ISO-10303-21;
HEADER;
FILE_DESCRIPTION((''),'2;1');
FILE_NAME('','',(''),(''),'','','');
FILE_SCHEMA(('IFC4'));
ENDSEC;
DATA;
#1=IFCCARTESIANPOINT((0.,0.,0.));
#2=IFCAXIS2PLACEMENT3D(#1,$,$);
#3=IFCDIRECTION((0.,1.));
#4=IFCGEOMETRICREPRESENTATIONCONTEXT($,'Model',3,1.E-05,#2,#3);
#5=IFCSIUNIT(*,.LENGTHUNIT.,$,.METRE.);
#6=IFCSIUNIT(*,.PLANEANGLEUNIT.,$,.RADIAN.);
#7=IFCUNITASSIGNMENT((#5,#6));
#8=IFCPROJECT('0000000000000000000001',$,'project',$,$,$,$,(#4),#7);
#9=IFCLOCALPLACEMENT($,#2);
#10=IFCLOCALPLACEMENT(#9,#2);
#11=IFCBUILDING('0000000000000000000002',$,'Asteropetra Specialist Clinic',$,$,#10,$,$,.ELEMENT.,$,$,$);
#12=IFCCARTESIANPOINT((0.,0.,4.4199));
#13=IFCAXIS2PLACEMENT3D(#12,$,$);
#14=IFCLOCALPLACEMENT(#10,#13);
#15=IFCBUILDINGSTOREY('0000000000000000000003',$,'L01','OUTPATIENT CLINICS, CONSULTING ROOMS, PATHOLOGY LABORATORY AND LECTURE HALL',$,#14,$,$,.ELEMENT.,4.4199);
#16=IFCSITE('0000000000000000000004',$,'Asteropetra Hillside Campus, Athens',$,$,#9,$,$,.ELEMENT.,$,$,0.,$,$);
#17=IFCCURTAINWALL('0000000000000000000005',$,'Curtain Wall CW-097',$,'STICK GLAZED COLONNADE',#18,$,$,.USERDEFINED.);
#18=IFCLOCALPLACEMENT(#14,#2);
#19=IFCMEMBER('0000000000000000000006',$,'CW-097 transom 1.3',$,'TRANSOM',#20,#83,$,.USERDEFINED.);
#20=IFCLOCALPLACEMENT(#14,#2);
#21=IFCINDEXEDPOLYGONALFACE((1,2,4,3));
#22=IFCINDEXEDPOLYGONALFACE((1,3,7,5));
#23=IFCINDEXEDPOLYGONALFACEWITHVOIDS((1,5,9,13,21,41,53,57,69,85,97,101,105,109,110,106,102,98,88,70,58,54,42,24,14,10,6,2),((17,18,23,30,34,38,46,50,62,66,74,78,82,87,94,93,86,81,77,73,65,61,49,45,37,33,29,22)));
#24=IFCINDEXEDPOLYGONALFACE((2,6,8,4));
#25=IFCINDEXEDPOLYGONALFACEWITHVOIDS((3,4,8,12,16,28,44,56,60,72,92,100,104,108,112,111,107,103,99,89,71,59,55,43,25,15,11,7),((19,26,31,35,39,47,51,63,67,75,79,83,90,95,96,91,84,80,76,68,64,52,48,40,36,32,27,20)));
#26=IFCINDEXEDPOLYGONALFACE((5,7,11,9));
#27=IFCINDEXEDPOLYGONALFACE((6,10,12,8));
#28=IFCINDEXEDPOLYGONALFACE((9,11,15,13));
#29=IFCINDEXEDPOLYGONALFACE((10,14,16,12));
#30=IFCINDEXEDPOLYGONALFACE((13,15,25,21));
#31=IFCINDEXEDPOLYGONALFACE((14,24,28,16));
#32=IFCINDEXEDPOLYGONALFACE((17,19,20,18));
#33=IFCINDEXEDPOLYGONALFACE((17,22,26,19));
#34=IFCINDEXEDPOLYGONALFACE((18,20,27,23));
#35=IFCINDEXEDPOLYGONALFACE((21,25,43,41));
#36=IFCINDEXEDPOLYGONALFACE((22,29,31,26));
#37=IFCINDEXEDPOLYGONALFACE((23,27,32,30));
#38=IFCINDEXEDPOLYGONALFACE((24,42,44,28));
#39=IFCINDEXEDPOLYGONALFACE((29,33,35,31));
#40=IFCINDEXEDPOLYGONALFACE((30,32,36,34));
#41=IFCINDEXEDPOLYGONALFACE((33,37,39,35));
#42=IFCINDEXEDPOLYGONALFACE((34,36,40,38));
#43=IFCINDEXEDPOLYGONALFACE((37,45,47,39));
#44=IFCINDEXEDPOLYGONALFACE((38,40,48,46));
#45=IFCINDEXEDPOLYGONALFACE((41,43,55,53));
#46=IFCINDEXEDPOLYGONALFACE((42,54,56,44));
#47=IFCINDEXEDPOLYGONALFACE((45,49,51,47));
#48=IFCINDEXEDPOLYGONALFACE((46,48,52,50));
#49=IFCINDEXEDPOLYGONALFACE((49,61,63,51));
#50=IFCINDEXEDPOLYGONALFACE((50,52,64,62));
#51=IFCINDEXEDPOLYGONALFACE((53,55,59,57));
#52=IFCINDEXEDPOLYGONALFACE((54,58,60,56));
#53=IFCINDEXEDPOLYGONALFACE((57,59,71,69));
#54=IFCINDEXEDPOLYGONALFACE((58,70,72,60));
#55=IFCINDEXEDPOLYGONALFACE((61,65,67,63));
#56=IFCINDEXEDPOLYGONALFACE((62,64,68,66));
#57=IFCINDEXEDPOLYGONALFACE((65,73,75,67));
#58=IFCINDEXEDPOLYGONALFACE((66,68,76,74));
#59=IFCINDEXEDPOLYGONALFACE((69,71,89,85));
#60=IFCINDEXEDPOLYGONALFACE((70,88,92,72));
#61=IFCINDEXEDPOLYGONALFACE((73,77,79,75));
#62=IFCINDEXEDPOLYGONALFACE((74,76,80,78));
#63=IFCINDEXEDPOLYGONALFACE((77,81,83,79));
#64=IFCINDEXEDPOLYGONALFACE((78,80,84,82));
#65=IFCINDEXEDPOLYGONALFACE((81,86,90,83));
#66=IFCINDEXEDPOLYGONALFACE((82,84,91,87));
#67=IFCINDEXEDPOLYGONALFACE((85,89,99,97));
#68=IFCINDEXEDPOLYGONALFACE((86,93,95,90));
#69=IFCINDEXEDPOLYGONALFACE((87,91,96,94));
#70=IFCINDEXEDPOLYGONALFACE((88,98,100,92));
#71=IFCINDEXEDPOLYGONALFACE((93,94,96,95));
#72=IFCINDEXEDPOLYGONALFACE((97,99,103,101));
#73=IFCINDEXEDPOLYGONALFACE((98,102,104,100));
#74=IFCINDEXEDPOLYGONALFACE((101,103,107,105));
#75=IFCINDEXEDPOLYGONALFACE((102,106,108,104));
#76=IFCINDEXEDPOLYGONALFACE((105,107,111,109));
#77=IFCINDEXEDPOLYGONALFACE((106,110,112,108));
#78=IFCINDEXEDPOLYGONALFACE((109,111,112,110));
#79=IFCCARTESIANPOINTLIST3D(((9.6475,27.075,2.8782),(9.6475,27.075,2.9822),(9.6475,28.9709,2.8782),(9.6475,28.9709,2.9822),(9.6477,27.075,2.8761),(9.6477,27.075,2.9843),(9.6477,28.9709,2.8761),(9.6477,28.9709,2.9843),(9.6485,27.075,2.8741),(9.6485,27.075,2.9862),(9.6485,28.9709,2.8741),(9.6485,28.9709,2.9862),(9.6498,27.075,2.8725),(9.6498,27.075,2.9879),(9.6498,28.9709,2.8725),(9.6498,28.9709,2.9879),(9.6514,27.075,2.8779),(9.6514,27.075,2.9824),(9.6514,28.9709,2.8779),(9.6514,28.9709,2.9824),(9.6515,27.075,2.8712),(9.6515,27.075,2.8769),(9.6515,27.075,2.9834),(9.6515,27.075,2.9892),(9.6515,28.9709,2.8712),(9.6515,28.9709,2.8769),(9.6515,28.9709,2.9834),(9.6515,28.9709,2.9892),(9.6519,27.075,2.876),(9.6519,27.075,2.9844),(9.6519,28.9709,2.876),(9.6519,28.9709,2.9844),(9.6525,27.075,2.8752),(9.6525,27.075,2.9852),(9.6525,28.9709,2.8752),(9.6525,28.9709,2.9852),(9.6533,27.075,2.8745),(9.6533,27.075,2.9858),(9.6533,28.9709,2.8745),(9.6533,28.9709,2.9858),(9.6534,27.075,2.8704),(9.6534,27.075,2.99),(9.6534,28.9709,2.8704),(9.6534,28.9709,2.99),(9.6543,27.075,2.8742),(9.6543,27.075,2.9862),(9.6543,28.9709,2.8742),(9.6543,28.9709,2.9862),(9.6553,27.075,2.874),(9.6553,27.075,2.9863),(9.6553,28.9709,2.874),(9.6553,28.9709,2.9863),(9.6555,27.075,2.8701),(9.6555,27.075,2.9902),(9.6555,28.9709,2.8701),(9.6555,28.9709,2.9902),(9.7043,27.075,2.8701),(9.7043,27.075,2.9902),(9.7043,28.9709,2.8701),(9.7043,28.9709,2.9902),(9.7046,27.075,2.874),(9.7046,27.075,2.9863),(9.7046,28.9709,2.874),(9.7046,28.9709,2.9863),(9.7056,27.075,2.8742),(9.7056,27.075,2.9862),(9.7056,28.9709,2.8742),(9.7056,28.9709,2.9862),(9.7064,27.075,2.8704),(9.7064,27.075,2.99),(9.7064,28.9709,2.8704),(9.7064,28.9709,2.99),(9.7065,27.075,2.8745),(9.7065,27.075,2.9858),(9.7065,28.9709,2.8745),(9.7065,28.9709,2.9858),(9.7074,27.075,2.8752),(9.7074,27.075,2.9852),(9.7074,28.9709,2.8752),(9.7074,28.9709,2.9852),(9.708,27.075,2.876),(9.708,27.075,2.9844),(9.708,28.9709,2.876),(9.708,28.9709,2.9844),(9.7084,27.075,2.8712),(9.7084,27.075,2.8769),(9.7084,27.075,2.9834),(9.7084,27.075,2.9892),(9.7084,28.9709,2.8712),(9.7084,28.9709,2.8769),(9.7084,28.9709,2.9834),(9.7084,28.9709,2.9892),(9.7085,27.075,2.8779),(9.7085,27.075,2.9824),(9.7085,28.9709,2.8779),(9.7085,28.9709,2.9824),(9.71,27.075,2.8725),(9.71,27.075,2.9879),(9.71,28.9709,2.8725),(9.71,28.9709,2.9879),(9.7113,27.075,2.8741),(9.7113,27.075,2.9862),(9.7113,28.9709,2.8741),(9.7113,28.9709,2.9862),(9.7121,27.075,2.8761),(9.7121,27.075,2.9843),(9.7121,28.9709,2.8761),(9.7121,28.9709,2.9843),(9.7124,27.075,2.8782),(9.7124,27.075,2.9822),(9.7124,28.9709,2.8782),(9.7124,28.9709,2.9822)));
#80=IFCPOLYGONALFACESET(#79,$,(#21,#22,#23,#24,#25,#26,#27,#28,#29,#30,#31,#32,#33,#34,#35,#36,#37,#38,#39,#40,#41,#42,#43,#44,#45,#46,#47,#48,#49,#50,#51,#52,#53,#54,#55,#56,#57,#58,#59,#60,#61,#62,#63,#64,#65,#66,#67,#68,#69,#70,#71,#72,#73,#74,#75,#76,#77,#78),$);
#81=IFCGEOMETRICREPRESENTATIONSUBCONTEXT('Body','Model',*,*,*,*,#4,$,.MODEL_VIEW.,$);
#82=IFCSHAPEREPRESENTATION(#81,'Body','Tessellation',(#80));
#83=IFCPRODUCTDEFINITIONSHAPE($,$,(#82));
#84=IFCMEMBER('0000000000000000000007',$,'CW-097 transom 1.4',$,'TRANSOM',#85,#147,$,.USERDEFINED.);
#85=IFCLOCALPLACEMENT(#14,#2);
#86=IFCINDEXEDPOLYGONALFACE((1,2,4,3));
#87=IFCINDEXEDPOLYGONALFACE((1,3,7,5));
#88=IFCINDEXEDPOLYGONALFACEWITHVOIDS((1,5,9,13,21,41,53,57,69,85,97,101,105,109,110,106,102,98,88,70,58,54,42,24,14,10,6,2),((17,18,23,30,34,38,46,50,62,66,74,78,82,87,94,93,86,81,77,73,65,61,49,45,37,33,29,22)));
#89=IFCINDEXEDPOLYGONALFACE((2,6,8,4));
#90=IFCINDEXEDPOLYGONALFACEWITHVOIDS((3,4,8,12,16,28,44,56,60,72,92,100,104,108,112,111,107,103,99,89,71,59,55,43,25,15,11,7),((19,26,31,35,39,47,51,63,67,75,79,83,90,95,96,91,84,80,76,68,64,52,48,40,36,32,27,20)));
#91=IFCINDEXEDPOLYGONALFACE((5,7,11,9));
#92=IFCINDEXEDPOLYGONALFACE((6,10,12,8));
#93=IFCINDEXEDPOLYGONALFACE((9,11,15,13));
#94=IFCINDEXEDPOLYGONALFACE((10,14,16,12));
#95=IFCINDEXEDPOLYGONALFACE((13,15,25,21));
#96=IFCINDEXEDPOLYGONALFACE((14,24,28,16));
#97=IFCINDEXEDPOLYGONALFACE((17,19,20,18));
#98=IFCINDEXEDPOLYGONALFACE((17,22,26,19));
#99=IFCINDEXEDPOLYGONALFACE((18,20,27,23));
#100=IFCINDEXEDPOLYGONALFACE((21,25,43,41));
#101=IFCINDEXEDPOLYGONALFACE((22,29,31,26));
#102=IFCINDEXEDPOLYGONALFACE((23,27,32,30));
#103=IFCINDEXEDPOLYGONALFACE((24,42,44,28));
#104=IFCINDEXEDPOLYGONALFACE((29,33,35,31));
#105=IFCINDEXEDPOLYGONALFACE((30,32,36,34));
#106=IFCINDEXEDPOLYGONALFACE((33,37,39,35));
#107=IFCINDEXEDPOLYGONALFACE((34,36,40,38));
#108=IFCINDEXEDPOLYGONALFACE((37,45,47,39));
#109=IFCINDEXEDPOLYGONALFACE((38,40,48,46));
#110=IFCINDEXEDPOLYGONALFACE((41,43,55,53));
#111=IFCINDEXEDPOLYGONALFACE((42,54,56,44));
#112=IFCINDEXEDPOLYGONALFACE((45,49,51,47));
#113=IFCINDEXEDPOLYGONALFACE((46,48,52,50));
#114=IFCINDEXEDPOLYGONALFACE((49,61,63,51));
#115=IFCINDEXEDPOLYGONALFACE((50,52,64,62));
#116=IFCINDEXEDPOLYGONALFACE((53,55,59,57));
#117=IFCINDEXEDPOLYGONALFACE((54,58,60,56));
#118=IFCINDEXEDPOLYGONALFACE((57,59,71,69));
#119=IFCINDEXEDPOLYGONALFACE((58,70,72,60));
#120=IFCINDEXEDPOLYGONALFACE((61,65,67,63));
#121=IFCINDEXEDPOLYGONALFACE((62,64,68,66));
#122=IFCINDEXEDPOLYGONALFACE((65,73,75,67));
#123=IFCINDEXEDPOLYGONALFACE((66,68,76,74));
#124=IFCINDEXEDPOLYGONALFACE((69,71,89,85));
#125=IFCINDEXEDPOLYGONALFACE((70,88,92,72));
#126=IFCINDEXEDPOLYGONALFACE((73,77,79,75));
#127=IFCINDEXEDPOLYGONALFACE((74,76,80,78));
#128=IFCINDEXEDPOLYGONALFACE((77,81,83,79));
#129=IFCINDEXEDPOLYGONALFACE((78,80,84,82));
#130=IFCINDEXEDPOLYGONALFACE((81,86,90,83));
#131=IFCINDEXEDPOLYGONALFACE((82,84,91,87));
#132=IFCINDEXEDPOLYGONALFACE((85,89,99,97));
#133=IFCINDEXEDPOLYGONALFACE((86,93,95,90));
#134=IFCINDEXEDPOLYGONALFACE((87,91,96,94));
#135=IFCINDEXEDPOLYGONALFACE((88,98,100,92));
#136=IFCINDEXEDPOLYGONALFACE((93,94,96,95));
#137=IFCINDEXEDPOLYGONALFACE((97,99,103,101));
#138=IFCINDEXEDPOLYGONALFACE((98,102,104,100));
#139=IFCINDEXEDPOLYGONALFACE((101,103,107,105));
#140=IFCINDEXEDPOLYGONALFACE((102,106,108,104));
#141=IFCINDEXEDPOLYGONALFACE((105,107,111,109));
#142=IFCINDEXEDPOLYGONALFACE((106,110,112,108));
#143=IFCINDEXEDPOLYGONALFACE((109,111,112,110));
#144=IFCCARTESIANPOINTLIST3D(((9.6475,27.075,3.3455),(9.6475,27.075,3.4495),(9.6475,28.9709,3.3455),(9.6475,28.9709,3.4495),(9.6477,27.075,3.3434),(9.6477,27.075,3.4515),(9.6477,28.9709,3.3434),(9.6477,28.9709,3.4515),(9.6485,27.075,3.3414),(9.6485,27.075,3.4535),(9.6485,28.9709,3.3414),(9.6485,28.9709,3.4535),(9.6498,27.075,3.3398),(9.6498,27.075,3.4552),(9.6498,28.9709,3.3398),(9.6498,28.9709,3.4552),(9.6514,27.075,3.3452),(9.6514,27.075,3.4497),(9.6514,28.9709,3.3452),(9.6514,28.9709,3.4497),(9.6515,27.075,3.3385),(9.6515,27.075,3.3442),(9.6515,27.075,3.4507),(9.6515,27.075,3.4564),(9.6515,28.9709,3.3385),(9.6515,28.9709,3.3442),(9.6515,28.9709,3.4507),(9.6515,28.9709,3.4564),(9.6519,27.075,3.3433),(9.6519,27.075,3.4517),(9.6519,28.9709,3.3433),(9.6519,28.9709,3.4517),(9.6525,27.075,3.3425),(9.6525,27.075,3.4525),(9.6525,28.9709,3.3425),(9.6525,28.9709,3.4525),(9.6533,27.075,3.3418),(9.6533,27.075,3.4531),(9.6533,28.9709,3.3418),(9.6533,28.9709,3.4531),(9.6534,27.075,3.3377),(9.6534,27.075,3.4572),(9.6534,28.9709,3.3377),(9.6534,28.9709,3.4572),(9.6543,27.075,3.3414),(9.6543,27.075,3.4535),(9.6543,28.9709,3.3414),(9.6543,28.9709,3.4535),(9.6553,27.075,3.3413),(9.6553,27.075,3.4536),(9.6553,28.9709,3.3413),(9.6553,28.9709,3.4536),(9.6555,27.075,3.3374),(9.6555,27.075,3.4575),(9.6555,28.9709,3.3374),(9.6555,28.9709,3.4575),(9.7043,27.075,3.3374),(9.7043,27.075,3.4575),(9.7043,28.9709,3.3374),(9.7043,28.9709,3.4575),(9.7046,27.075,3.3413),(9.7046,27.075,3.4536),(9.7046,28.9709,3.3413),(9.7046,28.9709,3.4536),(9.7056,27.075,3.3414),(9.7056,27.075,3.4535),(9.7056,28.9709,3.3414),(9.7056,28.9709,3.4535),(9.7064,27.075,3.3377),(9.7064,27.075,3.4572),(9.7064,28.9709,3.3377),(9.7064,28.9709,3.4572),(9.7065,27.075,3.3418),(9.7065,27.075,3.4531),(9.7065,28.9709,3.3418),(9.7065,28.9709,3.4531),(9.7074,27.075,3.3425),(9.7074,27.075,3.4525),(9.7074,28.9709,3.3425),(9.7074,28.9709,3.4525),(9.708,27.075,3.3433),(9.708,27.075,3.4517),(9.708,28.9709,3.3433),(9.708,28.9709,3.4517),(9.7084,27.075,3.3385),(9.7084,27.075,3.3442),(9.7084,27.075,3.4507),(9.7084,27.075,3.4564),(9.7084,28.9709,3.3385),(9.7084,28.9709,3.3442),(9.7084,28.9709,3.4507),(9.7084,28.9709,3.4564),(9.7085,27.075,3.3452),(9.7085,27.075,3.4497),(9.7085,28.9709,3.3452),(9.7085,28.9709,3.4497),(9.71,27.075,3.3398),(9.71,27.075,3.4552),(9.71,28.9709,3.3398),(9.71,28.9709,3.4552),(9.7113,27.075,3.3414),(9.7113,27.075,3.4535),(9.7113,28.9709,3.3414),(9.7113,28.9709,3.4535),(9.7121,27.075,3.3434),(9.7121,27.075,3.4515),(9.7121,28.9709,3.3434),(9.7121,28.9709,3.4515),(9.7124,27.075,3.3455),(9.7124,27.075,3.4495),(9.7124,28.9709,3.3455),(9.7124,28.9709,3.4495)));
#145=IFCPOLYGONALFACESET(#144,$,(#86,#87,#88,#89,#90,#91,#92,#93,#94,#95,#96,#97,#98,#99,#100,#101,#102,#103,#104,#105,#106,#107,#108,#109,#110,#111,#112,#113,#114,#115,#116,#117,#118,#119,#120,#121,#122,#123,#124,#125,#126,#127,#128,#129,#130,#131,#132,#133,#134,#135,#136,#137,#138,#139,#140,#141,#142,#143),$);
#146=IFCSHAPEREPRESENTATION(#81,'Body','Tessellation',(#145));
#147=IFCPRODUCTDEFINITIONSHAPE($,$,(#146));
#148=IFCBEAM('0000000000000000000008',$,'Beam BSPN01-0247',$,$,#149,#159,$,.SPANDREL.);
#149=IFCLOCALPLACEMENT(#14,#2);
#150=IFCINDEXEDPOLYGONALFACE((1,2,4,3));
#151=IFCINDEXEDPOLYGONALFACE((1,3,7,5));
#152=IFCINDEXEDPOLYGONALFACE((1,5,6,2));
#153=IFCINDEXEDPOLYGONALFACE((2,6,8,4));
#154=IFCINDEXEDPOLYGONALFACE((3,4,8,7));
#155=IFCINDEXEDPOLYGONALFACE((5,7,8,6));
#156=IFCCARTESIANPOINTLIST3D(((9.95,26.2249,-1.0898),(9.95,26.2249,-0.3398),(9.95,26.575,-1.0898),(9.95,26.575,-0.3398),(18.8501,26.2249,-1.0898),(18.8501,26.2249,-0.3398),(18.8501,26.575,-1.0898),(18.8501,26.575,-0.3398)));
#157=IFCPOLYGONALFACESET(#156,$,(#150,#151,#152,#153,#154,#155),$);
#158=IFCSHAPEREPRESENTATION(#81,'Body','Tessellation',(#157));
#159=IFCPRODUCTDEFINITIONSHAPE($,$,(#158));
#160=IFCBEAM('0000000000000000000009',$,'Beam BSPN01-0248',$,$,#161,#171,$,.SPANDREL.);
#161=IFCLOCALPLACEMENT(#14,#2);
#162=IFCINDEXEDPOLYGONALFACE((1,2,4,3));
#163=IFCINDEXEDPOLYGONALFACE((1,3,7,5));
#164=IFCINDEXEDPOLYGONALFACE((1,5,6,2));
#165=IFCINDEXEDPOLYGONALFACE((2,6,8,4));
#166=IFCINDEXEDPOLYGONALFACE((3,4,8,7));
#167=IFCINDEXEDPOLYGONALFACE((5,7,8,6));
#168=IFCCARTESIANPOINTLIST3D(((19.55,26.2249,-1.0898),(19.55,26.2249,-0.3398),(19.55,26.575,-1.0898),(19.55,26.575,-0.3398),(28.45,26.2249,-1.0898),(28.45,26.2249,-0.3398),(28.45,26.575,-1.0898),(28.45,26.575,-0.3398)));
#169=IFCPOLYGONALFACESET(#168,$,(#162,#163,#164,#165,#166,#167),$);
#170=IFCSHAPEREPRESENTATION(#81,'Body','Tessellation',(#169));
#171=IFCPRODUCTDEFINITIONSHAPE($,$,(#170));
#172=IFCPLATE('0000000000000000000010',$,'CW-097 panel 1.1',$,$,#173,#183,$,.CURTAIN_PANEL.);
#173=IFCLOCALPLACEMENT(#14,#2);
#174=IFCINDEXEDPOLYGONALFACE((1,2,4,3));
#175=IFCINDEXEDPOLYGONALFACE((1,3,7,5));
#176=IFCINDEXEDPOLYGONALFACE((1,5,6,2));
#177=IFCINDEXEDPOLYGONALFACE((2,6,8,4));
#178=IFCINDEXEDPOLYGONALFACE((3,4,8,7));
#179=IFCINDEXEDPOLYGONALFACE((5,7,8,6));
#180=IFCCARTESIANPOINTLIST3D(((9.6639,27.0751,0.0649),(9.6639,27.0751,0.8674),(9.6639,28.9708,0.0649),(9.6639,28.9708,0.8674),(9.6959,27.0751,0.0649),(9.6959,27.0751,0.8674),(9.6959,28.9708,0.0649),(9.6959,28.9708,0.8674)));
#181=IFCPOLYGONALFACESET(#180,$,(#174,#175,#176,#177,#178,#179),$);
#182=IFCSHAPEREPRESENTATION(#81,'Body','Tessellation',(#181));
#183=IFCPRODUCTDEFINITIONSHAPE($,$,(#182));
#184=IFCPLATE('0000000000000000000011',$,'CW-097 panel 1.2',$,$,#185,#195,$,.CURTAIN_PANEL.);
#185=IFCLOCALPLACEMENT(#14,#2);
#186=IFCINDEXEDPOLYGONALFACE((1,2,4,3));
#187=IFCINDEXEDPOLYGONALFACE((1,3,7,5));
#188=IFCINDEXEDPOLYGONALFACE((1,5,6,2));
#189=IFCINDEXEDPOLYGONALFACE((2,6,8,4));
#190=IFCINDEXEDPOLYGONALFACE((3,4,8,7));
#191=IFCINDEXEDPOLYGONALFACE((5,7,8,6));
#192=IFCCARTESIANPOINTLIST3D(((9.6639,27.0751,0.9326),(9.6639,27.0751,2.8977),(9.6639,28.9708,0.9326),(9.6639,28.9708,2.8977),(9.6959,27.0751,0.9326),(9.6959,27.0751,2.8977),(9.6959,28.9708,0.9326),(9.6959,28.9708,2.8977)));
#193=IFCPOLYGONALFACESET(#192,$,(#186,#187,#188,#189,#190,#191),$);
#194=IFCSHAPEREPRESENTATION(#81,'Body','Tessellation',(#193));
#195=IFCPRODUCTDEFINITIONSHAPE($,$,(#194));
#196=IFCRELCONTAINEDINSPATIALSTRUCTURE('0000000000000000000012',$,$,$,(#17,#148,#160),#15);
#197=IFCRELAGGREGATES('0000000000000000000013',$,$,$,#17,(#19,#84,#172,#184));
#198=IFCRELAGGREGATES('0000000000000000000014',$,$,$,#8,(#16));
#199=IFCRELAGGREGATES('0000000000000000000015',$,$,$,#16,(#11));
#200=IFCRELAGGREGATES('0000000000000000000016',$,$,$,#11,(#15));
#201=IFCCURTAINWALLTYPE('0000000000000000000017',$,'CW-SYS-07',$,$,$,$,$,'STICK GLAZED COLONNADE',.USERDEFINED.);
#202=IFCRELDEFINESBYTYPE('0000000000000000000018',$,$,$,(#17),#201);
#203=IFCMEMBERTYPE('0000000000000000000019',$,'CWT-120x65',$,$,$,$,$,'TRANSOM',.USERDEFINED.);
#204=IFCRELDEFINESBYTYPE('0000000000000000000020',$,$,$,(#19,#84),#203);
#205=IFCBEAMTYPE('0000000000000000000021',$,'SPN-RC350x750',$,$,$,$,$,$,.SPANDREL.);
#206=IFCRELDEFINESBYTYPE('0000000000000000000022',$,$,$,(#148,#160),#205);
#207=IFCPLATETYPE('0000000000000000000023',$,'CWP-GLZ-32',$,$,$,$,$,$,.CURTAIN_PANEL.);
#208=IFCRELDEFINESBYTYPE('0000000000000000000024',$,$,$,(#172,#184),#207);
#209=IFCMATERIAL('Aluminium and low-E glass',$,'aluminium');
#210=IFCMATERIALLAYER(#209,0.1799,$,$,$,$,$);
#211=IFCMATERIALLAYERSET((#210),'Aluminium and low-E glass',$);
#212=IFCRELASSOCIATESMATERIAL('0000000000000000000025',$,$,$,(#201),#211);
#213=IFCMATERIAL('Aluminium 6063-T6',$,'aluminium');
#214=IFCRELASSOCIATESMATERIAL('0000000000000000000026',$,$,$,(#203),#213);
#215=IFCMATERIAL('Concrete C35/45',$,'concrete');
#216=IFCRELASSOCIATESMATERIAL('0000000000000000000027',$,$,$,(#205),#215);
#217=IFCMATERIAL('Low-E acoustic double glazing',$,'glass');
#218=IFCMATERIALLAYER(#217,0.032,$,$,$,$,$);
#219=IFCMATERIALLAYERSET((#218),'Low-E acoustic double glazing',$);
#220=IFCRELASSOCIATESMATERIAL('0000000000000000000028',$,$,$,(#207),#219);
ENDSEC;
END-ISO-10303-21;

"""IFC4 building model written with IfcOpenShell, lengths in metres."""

from ifc_helpers import new_model, si_unit, direction, frame, origin, origin_2d, place, context, subcontext, project, spatial, rectangle, hollow_rectangle, extrude, material, layer, layer_set, material_profile, profile_set, type_object, element, aggregate, save


model = new_model("IFC4")

# Units and contexts
model_context = context("Model", 3, precision=1e-05, world=origin(), true_north=direction((0.0, 1.0)))
body_context = subcontext(model_context, "Body", "Model", "MODEL_VIEW")
ifc_project = project(units=[si_unit("LENGTHUNIT", "METRE"), si_unit("PLANEANGLEUNIT", "RADIAN")], contexts=[model_context])

# Site, building, storey
site_placement = place(None, origin())
site = spatial("IfcSite", under=ifc_project, at=site_placement, Name="Asteropetra Hillside Campus, Athens", CompositionType="ELEMENT", RefElevation=0.0)
building_placement = place(site_placement, origin())
building = spatial("IfcBuilding", under=site, at=building_placement, Name="Asteropetra Specialist Clinic", CompositionType="ELEMENT")
storey_placement = place(building_placement, frame((0.0, 0.0, 4.4199)))
storey = spatial("IfcBuildingStorey", under=building, at=storey_placement, Name="L01", Description="OUTPATIENT CLINICS, CONSULTING ROOMS, PATHOLOGY LABORATORY AND LECTURE HALL", CompositionType="ELEMENT", Elevation=4.4199)

# Curtain wall, members
ifc_material_1 = material(Name="Aluminium and low-E glass", Category="aluminium")
ifc_layer_1 = layer(ifc_material_1, 0.1799)
ifc_layer_set_1 = layer_set([ifc_layer_1], Name="Aluminium and low-E glass")
curtain_wall_type_1 = type_object("IfcCurtainWallType", Name="CW-SYS-07", ElementType="STICK GLAZED COLONNADE", PredefinedType="USERDEFINED", material=ifc_layer_set_1)
curtain_wall_1_placement = place(storey_placement, origin())
curtain_wall_1 = element("IfcCurtainWall", 1, at=curtain_wall_1_placement, inside=storey, type_object=curtain_wall_type_1, Name="Curtain Wall CW-097", ObjectType="STICK GLAZED COLONNADE", PredefinedType="USERDEFINED")
ifc_material_2 = material(Name="Aluminium 6063-T6", Category="aluminium")
ifc_material_profile_1 = material_profile(ifc_material_2, hollow_rectangle(XDim=0.0649, YDim=0.1201, WallThickness=0.0039, InnerFilletRadius=0.0039, OuterFilletRadius=0.0081, at=origin_2d()), Name="TRN 120x65x4.0")
ifc_profile_set_1 = profile_set([ifc_material_profile_1], Name="Aluminium 6063-T6")
member_type_1 = type_object("IfcMemberType", Name="CWT-120x65", ElementType="TRANSOM", PredefinedType="USERDEFINED", material=ifc_profile_set_1)
member_1_placement = place(storey_placement, frame((9.6799, 27.075, 2.9302), z_axis=(0.0, 1.0, 0.0), x_axis=(-1.0, 0.0, 0.0)))
member_1 = element("IfcMember", 2, at=member_1_placement, type_object=member_type_1, Name="CW-097 transom 1.3", ObjectType="TRANSOM", PredefinedType="USERDEFINED", context=body_context, shape_type="SweptSolid", body=[
    extrude(hollow_rectangle(XDim=0.0649, YDim=0.1201, WallThickness=0.0039, InnerFilletRadius=0.0039, OuterFilletRadius=0.0081, at=origin_2d()), origin(), (0.0, 0.0, 1.0), 1.896),
])
member_2_placement = place(storey_placement, frame((9.6799, 27.075, 3.3975), z_axis=(0.0, 1.0, 0.0), x_axis=(-1.0, 0.0, 0.0)))
member_2 = element("IfcMember", 3, at=member_2_placement, type_object=member_type_1, Name="CW-097 transom 1.4", ObjectType="TRANSOM", PredefinedType="USERDEFINED", context=body_context, shape_type="SweptSolid", body=[
    extrude(hollow_rectangle(XDim=0.0649, YDim=0.1201, WallThickness=0.0039, InnerFilletRadius=0.0039, OuterFilletRadius=0.0081, at=origin_2d()), origin(), (0.0, 0.0, 1.0), 1.896),
])

# Beams
ifc_material_3 = material(Name="Concrete C35/45", Category="concrete")
ifc_material_profile_2 = material_profile(ifc_material_3, rectangle(XDim=0.3501, YDim=0.75, at=origin_2d()), Name="RCS 350x750")
ifc_profile_set_2 = profile_set([ifc_material_profile_2], Name="Concrete C35/45")
beam_type_1 = type_object("IfcBeamType", Name="SPN-RC350x750", PredefinedType="SPANDREL", material=ifc_profile_set_2)
beam_1_placement = place(storey_placement, frame((9.95, 26.3999, -0.7148), z_axis=(1.0, 0.0, 0.0), x_axis=(0.0, 1.0, 0.0)))
element("IfcBeam", 4, at=beam_1_placement, inside=storey, type_object=beam_type_1, Name="Beam BSPN01-0247", PredefinedType="SPANDREL", context=body_context, shape_type="SweptSolid", body=[
    extrude(rectangle(XDim=0.3501, YDim=0.75, at=origin_2d()), origin(), (0.0, 0.0, 1.0), 8.9001),
])
beam_2_placement = place(storey_placement, frame((19.55, 26.3999, -0.7148), z_axis=(1.0, 0.0, 0.0), x_axis=(0.0, 1.0, 0.0)))
element("IfcBeam", 5, at=beam_2_placement, inside=storey, type_object=beam_type_1, Name="Beam BSPN01-0248", PredefinedType="SPANDREL", context=body_context, shape_type="SweptSolid", body=[
    extrude(rectangle(XDim=0.3501, YDim=0.75, at=origin_2d()), origin(), (0.0, 0.0, 1.0), 8.8999),
])

# Plates
ifc_material_4 = material(Name="Low-E acoustic double glazing", Category="glass")
ifc_layer_2 = layer(ifc_material_4, 0.032)
ifc_layer_set_2 = layer_set([ifc_layer_2], Name="Low-E acoustic double glazing")
plate_type_1 = type_object("IfcPlateType", Name="CWP-GLZ-32", PredefinedType="CURTAIN_PANEL", material=ifc_layer_set_2)
plate_1_placement = place(storey_placement, frame((9.6799, 28.0229, 0.0649), z_axis=(0.0, 0.0, 1.0), x_axis=(0.0, 1.0, 0.0)))
plate_1 = element("IfcPlate", 6, at=plate_1_placement, type_object=plate_type_1, Name="CW-097 panel 1.1", PredefinedType="CURTAIN_PANEL", context=body_context, shape_type="SweptSolid", body=[
    extrude(rectangle(XDim=1.8958, YDim=0.032, at=origin_2d()), origin(), (0.0, 0.0, 1.0), 0.8025),
])
plate_2_placement = place(storey_placement, frame((9.6799, 28.0229, 0.9326), z_axis=(0.0, 0.0, 1.0), x_axis=(0.0, 1.0, 0.0)))
plate_2 = element("IfcPlate", 7, at=plate_2_placement, type_object=plate_type_1, Name="CW-097 panel 1.2", PredefinedType="CURTAIN_PANEL", context=body_context, shape_type="SweptSolid", body=[
    extrude(rectangle(XDim=1.8958, YDim=0.032, at=origin_2d()), origin(), (0.0, 0.0, 1.0), 1.9651),
])
aggregate(curtain_wall_1, [member_1, member_2, plate_1, plate_2])

save(model, "model.ifc")
